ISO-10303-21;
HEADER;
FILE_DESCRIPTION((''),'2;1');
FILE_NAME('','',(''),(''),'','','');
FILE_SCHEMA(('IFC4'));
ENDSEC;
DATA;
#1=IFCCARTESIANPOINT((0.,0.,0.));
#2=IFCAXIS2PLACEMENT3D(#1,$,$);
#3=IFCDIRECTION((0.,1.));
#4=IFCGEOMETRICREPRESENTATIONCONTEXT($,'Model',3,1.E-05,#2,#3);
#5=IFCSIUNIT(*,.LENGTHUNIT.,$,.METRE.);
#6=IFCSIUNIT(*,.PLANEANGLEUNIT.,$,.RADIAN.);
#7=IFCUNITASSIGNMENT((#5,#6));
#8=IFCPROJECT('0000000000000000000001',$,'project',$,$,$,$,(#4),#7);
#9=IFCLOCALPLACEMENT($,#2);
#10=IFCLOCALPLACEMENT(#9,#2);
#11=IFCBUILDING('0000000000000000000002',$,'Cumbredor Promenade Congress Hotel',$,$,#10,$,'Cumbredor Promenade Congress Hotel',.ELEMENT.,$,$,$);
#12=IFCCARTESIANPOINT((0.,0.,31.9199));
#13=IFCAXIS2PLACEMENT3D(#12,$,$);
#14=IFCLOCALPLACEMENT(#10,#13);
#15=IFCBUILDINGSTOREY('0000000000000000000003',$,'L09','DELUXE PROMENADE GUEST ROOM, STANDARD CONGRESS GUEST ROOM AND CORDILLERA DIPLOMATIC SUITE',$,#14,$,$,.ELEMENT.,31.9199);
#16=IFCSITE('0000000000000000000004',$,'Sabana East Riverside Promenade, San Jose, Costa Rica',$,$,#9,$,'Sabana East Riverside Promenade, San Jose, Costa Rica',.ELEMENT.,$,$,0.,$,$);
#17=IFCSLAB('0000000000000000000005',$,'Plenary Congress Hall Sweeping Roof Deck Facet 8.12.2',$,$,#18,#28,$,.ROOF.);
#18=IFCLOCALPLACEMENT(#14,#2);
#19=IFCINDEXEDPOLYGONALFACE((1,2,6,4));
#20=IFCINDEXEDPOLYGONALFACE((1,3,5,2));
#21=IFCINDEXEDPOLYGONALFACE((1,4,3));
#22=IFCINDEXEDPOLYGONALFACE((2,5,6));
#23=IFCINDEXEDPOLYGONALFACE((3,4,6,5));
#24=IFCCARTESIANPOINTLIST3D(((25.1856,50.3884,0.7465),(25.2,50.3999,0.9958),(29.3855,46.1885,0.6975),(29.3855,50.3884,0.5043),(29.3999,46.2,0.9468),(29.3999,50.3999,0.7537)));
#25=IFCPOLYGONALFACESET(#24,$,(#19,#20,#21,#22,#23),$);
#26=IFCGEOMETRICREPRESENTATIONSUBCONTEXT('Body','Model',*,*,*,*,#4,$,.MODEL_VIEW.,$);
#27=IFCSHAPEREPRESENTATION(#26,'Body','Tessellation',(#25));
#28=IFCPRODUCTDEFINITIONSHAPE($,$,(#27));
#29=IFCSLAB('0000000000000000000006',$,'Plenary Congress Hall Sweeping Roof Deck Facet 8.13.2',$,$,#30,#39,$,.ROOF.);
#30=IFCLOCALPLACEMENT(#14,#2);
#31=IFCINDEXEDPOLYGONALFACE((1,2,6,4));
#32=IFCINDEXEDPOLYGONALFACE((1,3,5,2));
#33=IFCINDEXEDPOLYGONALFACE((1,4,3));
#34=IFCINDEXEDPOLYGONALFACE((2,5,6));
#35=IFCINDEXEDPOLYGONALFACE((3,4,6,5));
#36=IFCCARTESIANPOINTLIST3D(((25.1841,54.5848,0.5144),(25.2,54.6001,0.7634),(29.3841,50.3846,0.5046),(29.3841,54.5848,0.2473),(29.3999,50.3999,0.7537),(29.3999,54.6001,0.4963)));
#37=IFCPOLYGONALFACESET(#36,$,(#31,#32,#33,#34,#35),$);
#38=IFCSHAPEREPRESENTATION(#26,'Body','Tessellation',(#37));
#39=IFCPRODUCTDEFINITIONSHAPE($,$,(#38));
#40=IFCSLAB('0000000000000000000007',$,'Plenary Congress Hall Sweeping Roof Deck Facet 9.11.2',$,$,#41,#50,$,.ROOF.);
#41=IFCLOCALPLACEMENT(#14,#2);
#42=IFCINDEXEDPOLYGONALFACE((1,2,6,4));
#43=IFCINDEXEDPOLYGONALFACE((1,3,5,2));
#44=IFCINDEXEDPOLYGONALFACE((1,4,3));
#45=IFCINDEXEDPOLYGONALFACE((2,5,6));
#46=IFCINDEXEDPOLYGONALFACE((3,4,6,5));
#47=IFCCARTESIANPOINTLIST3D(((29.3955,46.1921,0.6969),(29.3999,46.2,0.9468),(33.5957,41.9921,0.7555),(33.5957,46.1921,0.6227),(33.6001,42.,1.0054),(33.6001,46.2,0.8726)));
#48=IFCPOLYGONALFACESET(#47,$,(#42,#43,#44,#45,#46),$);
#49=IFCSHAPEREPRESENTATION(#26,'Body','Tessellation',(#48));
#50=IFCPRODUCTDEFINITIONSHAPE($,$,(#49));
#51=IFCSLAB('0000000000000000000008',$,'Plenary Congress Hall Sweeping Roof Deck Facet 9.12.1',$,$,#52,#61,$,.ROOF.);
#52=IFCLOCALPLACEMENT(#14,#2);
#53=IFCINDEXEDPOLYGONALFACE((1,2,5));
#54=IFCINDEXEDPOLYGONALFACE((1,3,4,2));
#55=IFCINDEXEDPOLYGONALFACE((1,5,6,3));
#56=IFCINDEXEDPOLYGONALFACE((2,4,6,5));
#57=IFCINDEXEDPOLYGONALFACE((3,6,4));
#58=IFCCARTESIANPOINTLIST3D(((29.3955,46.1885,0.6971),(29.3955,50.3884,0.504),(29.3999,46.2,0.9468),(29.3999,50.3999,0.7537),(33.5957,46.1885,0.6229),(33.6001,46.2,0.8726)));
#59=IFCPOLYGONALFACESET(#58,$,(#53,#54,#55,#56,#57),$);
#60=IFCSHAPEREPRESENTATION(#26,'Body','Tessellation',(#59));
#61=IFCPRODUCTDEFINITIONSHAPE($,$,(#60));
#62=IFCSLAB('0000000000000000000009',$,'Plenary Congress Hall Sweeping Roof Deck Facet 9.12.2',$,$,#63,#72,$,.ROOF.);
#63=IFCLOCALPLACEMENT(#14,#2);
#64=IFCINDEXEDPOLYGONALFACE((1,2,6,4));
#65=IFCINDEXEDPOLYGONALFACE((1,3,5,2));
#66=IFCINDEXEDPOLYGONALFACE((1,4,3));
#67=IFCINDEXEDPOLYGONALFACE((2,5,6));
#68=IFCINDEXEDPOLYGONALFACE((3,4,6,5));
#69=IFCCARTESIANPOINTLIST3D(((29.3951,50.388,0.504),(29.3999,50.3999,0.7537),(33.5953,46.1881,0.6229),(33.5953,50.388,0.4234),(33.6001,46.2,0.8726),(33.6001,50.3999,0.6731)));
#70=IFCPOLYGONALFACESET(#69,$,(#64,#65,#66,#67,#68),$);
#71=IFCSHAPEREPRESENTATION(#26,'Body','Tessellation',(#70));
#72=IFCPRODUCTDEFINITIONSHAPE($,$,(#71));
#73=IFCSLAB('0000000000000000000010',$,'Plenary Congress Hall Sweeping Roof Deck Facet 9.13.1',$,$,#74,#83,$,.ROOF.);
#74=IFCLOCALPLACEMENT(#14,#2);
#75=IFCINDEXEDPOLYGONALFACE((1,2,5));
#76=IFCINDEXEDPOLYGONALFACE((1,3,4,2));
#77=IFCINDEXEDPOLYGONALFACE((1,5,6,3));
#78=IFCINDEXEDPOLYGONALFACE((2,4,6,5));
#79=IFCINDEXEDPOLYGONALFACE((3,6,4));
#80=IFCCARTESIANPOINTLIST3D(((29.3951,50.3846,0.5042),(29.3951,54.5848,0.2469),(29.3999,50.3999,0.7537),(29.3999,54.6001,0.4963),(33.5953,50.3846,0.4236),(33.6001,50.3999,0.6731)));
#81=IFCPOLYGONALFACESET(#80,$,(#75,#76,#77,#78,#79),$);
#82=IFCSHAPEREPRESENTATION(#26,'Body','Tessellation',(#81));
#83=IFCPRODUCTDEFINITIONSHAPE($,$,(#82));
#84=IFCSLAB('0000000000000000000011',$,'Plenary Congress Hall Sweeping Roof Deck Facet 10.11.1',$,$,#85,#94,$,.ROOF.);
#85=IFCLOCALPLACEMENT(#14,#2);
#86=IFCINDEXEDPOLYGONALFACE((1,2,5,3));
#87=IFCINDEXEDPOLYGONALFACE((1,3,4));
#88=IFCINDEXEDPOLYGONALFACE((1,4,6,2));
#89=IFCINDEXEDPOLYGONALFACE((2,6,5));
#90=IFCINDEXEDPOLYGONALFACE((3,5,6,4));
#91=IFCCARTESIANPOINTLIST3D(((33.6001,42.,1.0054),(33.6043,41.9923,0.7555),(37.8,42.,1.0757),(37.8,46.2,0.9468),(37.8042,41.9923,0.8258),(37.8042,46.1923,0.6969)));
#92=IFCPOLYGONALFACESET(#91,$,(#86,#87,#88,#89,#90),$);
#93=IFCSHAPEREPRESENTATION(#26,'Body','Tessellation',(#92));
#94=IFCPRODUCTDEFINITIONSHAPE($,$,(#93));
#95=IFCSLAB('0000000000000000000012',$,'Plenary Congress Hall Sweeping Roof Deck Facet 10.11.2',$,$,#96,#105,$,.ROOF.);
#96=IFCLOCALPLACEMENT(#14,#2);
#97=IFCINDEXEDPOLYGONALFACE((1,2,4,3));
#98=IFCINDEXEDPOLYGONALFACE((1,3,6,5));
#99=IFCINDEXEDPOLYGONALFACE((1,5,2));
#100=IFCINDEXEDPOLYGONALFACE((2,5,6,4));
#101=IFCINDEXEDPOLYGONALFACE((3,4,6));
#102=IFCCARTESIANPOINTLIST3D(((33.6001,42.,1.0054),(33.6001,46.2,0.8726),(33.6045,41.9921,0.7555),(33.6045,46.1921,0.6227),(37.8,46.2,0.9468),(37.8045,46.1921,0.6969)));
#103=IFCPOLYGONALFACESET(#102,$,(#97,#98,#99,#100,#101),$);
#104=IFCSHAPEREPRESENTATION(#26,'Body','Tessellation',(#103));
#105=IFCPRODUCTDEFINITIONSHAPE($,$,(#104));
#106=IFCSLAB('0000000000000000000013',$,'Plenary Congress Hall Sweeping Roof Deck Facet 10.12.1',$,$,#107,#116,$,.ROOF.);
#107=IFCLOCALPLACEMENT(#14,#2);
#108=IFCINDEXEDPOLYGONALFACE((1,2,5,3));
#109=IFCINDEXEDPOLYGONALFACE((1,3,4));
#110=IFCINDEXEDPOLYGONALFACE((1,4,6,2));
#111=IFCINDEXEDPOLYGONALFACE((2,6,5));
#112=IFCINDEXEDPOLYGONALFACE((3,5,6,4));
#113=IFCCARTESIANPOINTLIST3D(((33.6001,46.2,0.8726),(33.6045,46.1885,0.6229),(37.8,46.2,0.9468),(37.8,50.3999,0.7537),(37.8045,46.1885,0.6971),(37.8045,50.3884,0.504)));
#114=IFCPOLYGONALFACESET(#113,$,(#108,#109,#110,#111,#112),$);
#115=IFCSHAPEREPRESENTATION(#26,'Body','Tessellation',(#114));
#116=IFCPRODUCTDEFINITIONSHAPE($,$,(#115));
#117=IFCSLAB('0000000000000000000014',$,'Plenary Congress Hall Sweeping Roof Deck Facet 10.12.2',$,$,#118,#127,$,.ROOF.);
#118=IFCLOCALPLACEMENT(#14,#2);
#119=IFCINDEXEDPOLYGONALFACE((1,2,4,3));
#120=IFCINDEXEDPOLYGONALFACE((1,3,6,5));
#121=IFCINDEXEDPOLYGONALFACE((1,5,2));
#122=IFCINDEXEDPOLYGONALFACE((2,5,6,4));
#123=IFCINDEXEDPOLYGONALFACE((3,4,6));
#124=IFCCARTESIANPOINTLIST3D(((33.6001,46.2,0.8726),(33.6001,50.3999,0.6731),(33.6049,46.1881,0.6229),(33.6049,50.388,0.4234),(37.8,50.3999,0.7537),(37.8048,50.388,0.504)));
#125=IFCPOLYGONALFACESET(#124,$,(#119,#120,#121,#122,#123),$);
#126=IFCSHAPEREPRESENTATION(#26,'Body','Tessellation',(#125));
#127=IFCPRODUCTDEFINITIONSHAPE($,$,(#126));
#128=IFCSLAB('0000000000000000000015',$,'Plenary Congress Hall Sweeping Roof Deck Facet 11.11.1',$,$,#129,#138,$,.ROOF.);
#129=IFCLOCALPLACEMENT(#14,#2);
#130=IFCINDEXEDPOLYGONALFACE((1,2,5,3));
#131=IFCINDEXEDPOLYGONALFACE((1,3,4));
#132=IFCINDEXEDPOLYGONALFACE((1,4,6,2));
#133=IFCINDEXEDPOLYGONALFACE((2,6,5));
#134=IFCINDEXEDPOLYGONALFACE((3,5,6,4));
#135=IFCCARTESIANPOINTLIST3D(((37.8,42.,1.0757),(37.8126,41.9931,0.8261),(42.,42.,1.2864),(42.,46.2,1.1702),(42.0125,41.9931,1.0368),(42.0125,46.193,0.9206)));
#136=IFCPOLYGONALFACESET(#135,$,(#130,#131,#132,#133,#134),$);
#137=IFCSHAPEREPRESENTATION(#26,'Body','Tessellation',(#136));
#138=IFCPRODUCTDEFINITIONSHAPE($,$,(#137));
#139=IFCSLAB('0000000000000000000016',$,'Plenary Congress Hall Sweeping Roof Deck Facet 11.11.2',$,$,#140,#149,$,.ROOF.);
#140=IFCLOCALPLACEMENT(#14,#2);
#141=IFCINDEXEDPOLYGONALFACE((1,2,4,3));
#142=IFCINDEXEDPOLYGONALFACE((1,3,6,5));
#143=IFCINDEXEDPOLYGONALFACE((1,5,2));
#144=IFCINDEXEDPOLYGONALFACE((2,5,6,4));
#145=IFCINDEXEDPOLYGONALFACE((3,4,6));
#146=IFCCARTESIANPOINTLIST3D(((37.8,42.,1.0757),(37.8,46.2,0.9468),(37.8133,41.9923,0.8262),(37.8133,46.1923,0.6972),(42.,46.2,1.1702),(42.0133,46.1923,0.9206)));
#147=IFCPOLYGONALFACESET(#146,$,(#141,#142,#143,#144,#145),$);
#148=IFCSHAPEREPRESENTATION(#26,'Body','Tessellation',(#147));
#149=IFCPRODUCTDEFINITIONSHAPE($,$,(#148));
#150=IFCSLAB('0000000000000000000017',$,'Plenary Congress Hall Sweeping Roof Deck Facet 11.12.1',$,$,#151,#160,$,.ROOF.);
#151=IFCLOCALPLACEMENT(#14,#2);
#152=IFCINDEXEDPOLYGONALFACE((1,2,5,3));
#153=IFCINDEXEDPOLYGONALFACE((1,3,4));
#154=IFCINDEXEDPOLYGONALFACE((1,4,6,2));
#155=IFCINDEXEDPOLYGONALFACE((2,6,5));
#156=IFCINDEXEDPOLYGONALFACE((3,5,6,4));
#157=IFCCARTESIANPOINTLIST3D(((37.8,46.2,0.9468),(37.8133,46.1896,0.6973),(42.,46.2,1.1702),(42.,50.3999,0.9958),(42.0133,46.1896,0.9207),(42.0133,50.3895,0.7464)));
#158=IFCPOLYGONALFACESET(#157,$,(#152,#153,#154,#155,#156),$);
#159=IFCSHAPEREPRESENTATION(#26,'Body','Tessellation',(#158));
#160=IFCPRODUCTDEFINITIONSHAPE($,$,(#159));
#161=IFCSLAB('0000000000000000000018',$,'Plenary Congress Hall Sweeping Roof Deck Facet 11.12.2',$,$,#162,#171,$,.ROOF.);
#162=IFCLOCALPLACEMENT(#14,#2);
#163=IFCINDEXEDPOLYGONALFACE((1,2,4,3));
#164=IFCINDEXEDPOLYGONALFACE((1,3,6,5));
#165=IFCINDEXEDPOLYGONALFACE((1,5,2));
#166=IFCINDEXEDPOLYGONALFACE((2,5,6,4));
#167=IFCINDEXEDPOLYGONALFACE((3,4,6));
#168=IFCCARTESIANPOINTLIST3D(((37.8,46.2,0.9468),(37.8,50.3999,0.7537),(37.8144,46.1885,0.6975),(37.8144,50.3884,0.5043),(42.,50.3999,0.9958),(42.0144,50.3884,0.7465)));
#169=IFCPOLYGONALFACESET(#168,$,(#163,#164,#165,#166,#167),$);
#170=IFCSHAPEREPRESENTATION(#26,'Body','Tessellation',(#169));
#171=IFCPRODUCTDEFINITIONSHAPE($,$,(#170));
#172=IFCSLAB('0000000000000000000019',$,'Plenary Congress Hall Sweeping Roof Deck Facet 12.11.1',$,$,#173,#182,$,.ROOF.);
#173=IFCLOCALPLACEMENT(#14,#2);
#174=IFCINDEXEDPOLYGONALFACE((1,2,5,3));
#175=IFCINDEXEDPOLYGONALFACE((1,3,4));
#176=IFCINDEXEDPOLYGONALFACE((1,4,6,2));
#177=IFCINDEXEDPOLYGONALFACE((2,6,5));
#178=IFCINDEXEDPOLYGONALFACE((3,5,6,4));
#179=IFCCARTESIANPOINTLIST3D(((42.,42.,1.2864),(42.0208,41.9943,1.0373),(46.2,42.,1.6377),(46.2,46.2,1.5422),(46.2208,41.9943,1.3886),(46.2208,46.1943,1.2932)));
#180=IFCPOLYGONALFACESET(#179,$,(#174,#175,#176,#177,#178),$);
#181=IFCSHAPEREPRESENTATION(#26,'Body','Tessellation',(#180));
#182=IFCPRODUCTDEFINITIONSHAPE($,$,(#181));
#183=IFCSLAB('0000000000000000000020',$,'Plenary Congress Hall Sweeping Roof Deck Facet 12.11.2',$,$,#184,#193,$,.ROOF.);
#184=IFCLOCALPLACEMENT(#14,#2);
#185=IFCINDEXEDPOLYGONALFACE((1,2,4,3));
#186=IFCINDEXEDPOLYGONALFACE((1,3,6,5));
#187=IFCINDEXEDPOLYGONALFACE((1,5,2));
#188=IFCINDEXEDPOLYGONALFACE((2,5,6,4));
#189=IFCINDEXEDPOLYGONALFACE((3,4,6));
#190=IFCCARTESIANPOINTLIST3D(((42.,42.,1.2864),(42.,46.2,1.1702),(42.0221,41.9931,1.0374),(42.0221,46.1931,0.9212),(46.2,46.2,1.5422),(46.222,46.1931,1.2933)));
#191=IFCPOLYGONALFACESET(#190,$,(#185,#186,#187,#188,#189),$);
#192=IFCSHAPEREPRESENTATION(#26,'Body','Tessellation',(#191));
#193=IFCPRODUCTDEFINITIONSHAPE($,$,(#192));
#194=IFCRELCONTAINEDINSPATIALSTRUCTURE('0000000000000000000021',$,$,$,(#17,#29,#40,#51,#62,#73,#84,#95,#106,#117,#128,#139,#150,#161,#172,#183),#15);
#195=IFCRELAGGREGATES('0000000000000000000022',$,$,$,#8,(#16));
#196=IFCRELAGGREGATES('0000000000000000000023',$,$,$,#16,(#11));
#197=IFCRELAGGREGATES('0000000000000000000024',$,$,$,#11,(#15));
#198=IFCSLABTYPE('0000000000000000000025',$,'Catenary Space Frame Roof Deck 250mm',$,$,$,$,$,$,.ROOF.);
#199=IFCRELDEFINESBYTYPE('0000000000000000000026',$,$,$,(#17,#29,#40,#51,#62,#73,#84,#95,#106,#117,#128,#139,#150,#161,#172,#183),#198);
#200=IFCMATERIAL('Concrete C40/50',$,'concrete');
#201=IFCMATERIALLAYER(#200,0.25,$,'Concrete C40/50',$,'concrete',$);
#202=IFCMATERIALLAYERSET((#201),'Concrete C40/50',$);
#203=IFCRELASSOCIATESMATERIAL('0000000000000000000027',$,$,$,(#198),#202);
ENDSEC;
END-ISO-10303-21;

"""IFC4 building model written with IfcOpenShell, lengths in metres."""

from ifc_helpers import new_model, si_unit, direction, frame, origin, place, context, subcontext, project, spatial, polyline, outline, extrude, material, layer, layer_set, type_object, element, save


model = new_model("IFC4")

# Units and contexts
model_context = context("Model", 3, precision=1e-05, world=origin(), true_north=direction((0.0, 1.0)))
body_context = subcontext(model_context, "Body", "Model", "MODEL_VIEW")
ifc_project = project(units=[si_unit("LENGTHUNIT", "METRE"), si_unit("PLANEANGLEUNIT", "RADIAN")], contexts=[model_context])

# Site, building, storey
site_placement = place(None, origin())
site = spatial("IfcSite", under=ifc_project, at=site_placement, Name="Sabana East Riverside Promenade, San Jose, Costa Rica", LongName="Sabana East Riverside Promenade, San Jose, Costa Rica", CompositionType="ELEMENT", RefElevation=0.0)
building_placement = place(site_placement, origin())
building = spatial("IfcBuilding", under=site, at=building_placement, Name="Cumbredor Promenade Congress Hotel", LongName="Cumbredor Promenade Congress Hotel", CompositionType="ELEMENT")
storey_placement = place(building_placement, frame((0.0, 0.0, 31.9199)))
storey = spatial("IfcBuildingStorey", under=building, at=storey_placement, Name="L09", Description="DELUXE PROMENADE GUEST ROOM, STANDARD CONGRESS GUEST ROOM AND CORDILLERA DIPLOMATIC SUITE", CompositionType="ELEMENT", Elevation=31.9199)

# Slabs
ifc_material_1 = material(Name="Concrete C40/50", Category="concrete")
ifc_layer_1 = layer(ifc_material_1, 0.25, Name="Concrete C40/50", Category="concrete")
ifc_layer_set_1 = layer_set([ifc_layer_1], Name="Concrete C40/50")
slab_type = type_object("IfcSlabType", Name="Catenary Space Frame Roof Deck 250mm", PredefinedType="ROOF", material=ifc_layer_set_1)
slab_1_placement = place(storey_placement, frame((29.3999, 46.2, 0.9468), z_axis=(0.057508, 0.045856, 0.997291), x_axis=(0.0, 0.998945, -0.045932)))
element("IfcSlab", 1, at=slab_1_placement, inside=storey, type_object=slab_type, Name="Plenary Congress Hall Sweeping Roof Deck Facet 8.12.2", PredefinedType="ROOF", context=body_context, shape_type="SweptSolid", body=[
    extrude(outline(polyline([(0.0, 0.0), (4.2044, 0.0), (4.1933, 4.2069), (0.0, 0.0)])), origin(), (0.0, 0.0, -1.0), 0.25),
])
slab_2_placement = place(storey_placement, frame((29.3999, 50.3999, 0.7537), z_axis=(0.063347, 0.061027, 0.996124), x_axis=(0.0, 0.998129, -0.06115)))
element("IfcSlab", 2, at=slab_2_placement, inside=storey, type_object=slab_type, Name="Plenary Congress Hall Sweeping Roof Deck Facet 8.13.2", PredefinedType="ROOF", context=body_context, shape_type="SweptSolid", body=[
    extrude(outline(polyline([(0.0, 0.0), (4.2081, 0.0), (4.1917, 4.2084), (0.0, 0.0)])), origin(), (0.0, 0.0, -1.0), 0.25),
])
slab_3_placement = place(storey_placement, frame((33.6001, 42.0, 1.0054), z_axis=(0.017659, 0.031602, 0.999345), x_axis=(0.0, 0.9995, -0.031607)))
element("IfcSlab", 3, at=slab_3_placement, inside=storey, type_object=slab_type, Name="Plenary Congress Hall Sweeping Roof Deck Facet 9.11.2", PredefinedType="ROOF", context=body_context, shape_type="SweptSolid", body=[
    extrude(outline(polyline([(0.0, 0.0), (4.2021, 0.0), (4.1997, 4.2009), (0.0, 0.0)])), origin(), (0.0, 0.0, -1.0), 0.25),
])
slab_4_placement = place(storey_placement, frame((29.3999, 46.2, 0.9468), z_axis=(0.017649, 0.045925, 0.998789), x_axis=(0.999844, 0.0, -0.017668)))
element("IfcSlab", 4, at=slab_4_placement, inside=storey, type_object=slab_type, Name="Plenary Congress Hall Sweeping Roof Deck Facet 9.12.1", PredefinedType="ROOF", context=body_context, shape_type="SweptSolid", body=[
    extrude(outline(polyline([(0.0, 0.0), (4.2009, 0.0), (0.0034, 4.2044), (0.0, 0.0)])), origin(), (0.0, 0.0, -1.0), 0.25),
])
slab_5_placement = place(storey_placement, frame((33.6001, 46.2, 0.8726), z_axis=(0.019156, 0.04743, 0.998691), x_axis=(0.0, 0.998874, -0.047438)))
element("IfcSlab", 5, at=slab_5_placement, inside=storey, type_object=slab_type, Name="Plenary Congress Hall Sweeping Roof Deck Facet 9.12.2", PredefinedType="ROOF", context=body_context, shape_type="SweptSolid", body=[
    extrude(outline(polyline([(0.0, 0.0), (4.2047, 0.0), (4.2009, 4.201), (0.0, 0.0)])), origin(), (0.0, 0.0, -1.0), 0.25),
])
slab_6_placement = place(storey_placement, frame((29.3999, 50.3999, 0.7537), z_axis=(0.019142, 0.061139, 0.997946), x_axis=(0.999816, 0.0, -0.019178)))
element("IfcSlab", 6, at=slab_6_placement, inside=storey, type_object=slab_type, Name="Plenary Congress Hall Sweeping Roof Deck Facet 9.13.1", PredefinedType="ROOF", context=body_context, shape_type="SweptSolid", body=[
    extrude(outline(polyline([(0.0, 0.0), (4.201, 0.0), (0.0049, 4.2081), (0.0, 0.0)])), origin(), (0.0, 0.0, -1.0), 0.25),
])
slab_7_placement = place(storey_placement, frame((33.6001, 42.0, 1.0054), z_axis=(-0.016731, 0.030674, 0.999389), x_axis=(0.99986, 0.0, 0.016739)))
element("IfcSlab", 7, at=slab_7_placement, inside=storey, type_object=slab_type, Name="Plenary Congress Hall Sweeping Roof Deck Facet 10.11.1", PredefinedType="ROOF", context=body_context, shape_type="SweptSolid", body=[
    extrude(outline(polyline([(0.0, 0.0), (4.2005, 0.0), (4.1984, 4.2019), (0.0, 0.0)])), origin(), (0.0, 0.0, -1.0), 0.25),
])
slab_8_placement = place(storey_placement, frame((33.6001, 42.0, 1.0054), z_axis=(-0.01766, 0.031602, 0.999345), x_axis=(0.707072, 0.707072, -0.009864)))
element("IfcSlab", 8, at=slab_8_placement, inside=storey, type_object=slab_type, Name="Plenary Congress Hall Sweeping Roof Deck Facet 10.11.2", PredefinedType="ROOF", context=body_context, shape_type="SweptSolid", body=[
    extrude(outline(polyline([(0.0, 0.0), (5.9399, 0.0), (2.971, 2.9716), (0.0, 0.0)])), origin(), (0.0, 0.0, -1.0), 0.25),
])
slab_9_placement = place(storey_placement, frame((33.6001, 46.2, 0.8726), z_axis=(-0.01765, 0.045925, 0.998789), x_axis=(0.999844, 0.0, 0.017669)))
element("IfcSlab", 9, at=slab_9_placement, inside=storey, type_object=slab_type, Name="Plenary Congress Hall Sweeping Roof Deck Facet 10.12.1", PredefinedType="ROOF", context=body_context, shape_type="SweptSolid", body=[
    extrude(outline(polyline([(0.0, 0.0), (4.2006, 0.0), (4.1972, 4.2044), (0.0, 0.0)])), origin(), (0.0, 0.0, -1.0), 0.25),
])
slab_10_placement = place(storey_placement, frame((33.6001, 46.2, 0.8726), z_axis=(-0.019158, 0.04743, 0.998691), x_axis=(0.706965, 0.706965, -0.020013)))
element("IfcSlab", 10, at=slab_10_placement, inside=storey, type_object=slab_type, Name="Plenary Congress Hall Sweeping Roof Deck Facet 10.12.2", PredefinedType="ROOF", context=body_context, shape_type="SweptSolid", body=[
    extrude(outline(polyline([(0.0, 0.0), (5.9408, 0.0), (2.9732, 2.9731), (0.0, 0.0)])), origin(), (0.0, 0.0, -1.0), 0.25),
])
slab_11_placement = place(storey_placement, frame((37.8, 42.0, 1.0757), z_axis=(-0.050084, 0.027624, 0.998363), x_axis=(0.998744, 0.0, 0.050103)))
element("IfcSlab", 11, at=slab_11_placement, inside=storey, type_object=slab_type, Name="Plenary Congress Hall Sweeping Roof Deck Facet 11.11.1", PredefinedType="ROOF", context=body_context, shape_type="SweptSolid", body=[
    extrude(outline(polyline([(0.0, 0.0), (4.2052, 0.0), (4.1994, 4.2016), (0.0, 0.0)])), origin(), (0.0, 0.0, -1.0), 0.25),
])
slab_12_placement = place(storey_placement, frame((37.8, 42.0, 1.0757), z_axis=(-0.053088, 0.030635, 0.99812), x_axis=(0.707017, 0.707017, 0.015905)))
element("IfcSlab", 12, at=slab_12_placement, inside=storey, type_object=slab_type, Name="Plenary Congress Hall Sweeping Roof Deck Facet 11.11.2", PredefinedType="ROOF", context=body_context, shape_type="SweptSolid", body=[
    extrude(outline(polyline([(0.0, 0.0), (5.9404, 0.0), (2.9674, 2.975), (0.0, 0.0)])), origin(), (0.0, 0.0, -1.0), 0.25),
])
slab_13_placement = place(storey_placement, frame((37.8, 46.2, 0.9468), z_axis=(-0.053068, 0.04141, 0.997732), x_axis=(0.998588, 0.0, 0.053113)))
element("IfcSlab", 13, at=slab_13_placement, inside=storey, type_object=slab_type, Name="Plenary Congress Hall Sweeping Roof Deck Facet 11.12.1", PredefinedType="ROOF", context=body_context, shape_type="SweptSolid", body=[
    extrude(outline(polyline([(0.0, 0.0), (4.2059, 0.0), (4.1966, 4.2036), (0.0, 0.0)])), origin(), (0.0, 0.0, -1.0), 0.25),
])
slab_14_placement = place(storey_placement, frame((37.8, 46.2, 0.9468), z_axis=(-0.057508, 0.045856, 0.997291), x_axis=(0.707083, 0.707083, 0.008262)))
element("IfcSlab", 14, at=slab_14_placement, inside=storey, type_object=slab_type, Name="Plenary Congress Hall Sweeping Roof Deck Facet 11.12.2", PredefinedType="ROOF", context=body_context, shape_type="SweptSolid", body=[
    extrude(outline(polyline([(0.0, 0.0), (5.9398, 0.0), (2.9681, 2.9778), (0.0, 0.0)])), origin(), (0.0, 0.0, -1.0), 0.25),
])
slab_15_placement = place(storey_placement, frame((42.0, 42.0, 1.2864), z_axis=(-0.083336, 0.022644, 0.996264), x_axis=(0.99652, 0.0, 0.083357)))
element("IfcSlab", 15, at=slab_15_placement, inside=storey, type_object=slab_type, Name="Plenary Congress Hall Sweeping Roof Deck Facet 12.11.1", PredefinedType="ROOF", context=body_context, shape_type="SweptSolid", body=[
    extrude(outline(polyline([(0.0, 0.0), (4.2146, 0.0), (4.2067, 4.201), (0.0, 0.0)])), origin(), (0.0, 0.0, -1.0), 0.25),
])
slab_16_placement = place(storey_placement, frame((42.0, 42.0, 1.2864), z_axis=(-0.08821, 0.027551, 0.995721), x_axis=(0.706452, 0.706452, 0.043037)))
element("IfcSlab", 16, at=slab_16_placement, inside=storey, type_object=slab_type, Name="Plenary Congress Hall Sweeping Roof Deck Facet 12.11.2", PredefinedType="ROOF", context=body_context, shape_type="SweptSolid", body=[
    extrude(outline(polyline([(0.0, 0.0), (5.9451, 0.0), (2.9621, 2.9798), (0.0, 0.0)])), origin(), (0.0, 0.0, -1.0), 0.25),
])

save(model, "model.ifc")
